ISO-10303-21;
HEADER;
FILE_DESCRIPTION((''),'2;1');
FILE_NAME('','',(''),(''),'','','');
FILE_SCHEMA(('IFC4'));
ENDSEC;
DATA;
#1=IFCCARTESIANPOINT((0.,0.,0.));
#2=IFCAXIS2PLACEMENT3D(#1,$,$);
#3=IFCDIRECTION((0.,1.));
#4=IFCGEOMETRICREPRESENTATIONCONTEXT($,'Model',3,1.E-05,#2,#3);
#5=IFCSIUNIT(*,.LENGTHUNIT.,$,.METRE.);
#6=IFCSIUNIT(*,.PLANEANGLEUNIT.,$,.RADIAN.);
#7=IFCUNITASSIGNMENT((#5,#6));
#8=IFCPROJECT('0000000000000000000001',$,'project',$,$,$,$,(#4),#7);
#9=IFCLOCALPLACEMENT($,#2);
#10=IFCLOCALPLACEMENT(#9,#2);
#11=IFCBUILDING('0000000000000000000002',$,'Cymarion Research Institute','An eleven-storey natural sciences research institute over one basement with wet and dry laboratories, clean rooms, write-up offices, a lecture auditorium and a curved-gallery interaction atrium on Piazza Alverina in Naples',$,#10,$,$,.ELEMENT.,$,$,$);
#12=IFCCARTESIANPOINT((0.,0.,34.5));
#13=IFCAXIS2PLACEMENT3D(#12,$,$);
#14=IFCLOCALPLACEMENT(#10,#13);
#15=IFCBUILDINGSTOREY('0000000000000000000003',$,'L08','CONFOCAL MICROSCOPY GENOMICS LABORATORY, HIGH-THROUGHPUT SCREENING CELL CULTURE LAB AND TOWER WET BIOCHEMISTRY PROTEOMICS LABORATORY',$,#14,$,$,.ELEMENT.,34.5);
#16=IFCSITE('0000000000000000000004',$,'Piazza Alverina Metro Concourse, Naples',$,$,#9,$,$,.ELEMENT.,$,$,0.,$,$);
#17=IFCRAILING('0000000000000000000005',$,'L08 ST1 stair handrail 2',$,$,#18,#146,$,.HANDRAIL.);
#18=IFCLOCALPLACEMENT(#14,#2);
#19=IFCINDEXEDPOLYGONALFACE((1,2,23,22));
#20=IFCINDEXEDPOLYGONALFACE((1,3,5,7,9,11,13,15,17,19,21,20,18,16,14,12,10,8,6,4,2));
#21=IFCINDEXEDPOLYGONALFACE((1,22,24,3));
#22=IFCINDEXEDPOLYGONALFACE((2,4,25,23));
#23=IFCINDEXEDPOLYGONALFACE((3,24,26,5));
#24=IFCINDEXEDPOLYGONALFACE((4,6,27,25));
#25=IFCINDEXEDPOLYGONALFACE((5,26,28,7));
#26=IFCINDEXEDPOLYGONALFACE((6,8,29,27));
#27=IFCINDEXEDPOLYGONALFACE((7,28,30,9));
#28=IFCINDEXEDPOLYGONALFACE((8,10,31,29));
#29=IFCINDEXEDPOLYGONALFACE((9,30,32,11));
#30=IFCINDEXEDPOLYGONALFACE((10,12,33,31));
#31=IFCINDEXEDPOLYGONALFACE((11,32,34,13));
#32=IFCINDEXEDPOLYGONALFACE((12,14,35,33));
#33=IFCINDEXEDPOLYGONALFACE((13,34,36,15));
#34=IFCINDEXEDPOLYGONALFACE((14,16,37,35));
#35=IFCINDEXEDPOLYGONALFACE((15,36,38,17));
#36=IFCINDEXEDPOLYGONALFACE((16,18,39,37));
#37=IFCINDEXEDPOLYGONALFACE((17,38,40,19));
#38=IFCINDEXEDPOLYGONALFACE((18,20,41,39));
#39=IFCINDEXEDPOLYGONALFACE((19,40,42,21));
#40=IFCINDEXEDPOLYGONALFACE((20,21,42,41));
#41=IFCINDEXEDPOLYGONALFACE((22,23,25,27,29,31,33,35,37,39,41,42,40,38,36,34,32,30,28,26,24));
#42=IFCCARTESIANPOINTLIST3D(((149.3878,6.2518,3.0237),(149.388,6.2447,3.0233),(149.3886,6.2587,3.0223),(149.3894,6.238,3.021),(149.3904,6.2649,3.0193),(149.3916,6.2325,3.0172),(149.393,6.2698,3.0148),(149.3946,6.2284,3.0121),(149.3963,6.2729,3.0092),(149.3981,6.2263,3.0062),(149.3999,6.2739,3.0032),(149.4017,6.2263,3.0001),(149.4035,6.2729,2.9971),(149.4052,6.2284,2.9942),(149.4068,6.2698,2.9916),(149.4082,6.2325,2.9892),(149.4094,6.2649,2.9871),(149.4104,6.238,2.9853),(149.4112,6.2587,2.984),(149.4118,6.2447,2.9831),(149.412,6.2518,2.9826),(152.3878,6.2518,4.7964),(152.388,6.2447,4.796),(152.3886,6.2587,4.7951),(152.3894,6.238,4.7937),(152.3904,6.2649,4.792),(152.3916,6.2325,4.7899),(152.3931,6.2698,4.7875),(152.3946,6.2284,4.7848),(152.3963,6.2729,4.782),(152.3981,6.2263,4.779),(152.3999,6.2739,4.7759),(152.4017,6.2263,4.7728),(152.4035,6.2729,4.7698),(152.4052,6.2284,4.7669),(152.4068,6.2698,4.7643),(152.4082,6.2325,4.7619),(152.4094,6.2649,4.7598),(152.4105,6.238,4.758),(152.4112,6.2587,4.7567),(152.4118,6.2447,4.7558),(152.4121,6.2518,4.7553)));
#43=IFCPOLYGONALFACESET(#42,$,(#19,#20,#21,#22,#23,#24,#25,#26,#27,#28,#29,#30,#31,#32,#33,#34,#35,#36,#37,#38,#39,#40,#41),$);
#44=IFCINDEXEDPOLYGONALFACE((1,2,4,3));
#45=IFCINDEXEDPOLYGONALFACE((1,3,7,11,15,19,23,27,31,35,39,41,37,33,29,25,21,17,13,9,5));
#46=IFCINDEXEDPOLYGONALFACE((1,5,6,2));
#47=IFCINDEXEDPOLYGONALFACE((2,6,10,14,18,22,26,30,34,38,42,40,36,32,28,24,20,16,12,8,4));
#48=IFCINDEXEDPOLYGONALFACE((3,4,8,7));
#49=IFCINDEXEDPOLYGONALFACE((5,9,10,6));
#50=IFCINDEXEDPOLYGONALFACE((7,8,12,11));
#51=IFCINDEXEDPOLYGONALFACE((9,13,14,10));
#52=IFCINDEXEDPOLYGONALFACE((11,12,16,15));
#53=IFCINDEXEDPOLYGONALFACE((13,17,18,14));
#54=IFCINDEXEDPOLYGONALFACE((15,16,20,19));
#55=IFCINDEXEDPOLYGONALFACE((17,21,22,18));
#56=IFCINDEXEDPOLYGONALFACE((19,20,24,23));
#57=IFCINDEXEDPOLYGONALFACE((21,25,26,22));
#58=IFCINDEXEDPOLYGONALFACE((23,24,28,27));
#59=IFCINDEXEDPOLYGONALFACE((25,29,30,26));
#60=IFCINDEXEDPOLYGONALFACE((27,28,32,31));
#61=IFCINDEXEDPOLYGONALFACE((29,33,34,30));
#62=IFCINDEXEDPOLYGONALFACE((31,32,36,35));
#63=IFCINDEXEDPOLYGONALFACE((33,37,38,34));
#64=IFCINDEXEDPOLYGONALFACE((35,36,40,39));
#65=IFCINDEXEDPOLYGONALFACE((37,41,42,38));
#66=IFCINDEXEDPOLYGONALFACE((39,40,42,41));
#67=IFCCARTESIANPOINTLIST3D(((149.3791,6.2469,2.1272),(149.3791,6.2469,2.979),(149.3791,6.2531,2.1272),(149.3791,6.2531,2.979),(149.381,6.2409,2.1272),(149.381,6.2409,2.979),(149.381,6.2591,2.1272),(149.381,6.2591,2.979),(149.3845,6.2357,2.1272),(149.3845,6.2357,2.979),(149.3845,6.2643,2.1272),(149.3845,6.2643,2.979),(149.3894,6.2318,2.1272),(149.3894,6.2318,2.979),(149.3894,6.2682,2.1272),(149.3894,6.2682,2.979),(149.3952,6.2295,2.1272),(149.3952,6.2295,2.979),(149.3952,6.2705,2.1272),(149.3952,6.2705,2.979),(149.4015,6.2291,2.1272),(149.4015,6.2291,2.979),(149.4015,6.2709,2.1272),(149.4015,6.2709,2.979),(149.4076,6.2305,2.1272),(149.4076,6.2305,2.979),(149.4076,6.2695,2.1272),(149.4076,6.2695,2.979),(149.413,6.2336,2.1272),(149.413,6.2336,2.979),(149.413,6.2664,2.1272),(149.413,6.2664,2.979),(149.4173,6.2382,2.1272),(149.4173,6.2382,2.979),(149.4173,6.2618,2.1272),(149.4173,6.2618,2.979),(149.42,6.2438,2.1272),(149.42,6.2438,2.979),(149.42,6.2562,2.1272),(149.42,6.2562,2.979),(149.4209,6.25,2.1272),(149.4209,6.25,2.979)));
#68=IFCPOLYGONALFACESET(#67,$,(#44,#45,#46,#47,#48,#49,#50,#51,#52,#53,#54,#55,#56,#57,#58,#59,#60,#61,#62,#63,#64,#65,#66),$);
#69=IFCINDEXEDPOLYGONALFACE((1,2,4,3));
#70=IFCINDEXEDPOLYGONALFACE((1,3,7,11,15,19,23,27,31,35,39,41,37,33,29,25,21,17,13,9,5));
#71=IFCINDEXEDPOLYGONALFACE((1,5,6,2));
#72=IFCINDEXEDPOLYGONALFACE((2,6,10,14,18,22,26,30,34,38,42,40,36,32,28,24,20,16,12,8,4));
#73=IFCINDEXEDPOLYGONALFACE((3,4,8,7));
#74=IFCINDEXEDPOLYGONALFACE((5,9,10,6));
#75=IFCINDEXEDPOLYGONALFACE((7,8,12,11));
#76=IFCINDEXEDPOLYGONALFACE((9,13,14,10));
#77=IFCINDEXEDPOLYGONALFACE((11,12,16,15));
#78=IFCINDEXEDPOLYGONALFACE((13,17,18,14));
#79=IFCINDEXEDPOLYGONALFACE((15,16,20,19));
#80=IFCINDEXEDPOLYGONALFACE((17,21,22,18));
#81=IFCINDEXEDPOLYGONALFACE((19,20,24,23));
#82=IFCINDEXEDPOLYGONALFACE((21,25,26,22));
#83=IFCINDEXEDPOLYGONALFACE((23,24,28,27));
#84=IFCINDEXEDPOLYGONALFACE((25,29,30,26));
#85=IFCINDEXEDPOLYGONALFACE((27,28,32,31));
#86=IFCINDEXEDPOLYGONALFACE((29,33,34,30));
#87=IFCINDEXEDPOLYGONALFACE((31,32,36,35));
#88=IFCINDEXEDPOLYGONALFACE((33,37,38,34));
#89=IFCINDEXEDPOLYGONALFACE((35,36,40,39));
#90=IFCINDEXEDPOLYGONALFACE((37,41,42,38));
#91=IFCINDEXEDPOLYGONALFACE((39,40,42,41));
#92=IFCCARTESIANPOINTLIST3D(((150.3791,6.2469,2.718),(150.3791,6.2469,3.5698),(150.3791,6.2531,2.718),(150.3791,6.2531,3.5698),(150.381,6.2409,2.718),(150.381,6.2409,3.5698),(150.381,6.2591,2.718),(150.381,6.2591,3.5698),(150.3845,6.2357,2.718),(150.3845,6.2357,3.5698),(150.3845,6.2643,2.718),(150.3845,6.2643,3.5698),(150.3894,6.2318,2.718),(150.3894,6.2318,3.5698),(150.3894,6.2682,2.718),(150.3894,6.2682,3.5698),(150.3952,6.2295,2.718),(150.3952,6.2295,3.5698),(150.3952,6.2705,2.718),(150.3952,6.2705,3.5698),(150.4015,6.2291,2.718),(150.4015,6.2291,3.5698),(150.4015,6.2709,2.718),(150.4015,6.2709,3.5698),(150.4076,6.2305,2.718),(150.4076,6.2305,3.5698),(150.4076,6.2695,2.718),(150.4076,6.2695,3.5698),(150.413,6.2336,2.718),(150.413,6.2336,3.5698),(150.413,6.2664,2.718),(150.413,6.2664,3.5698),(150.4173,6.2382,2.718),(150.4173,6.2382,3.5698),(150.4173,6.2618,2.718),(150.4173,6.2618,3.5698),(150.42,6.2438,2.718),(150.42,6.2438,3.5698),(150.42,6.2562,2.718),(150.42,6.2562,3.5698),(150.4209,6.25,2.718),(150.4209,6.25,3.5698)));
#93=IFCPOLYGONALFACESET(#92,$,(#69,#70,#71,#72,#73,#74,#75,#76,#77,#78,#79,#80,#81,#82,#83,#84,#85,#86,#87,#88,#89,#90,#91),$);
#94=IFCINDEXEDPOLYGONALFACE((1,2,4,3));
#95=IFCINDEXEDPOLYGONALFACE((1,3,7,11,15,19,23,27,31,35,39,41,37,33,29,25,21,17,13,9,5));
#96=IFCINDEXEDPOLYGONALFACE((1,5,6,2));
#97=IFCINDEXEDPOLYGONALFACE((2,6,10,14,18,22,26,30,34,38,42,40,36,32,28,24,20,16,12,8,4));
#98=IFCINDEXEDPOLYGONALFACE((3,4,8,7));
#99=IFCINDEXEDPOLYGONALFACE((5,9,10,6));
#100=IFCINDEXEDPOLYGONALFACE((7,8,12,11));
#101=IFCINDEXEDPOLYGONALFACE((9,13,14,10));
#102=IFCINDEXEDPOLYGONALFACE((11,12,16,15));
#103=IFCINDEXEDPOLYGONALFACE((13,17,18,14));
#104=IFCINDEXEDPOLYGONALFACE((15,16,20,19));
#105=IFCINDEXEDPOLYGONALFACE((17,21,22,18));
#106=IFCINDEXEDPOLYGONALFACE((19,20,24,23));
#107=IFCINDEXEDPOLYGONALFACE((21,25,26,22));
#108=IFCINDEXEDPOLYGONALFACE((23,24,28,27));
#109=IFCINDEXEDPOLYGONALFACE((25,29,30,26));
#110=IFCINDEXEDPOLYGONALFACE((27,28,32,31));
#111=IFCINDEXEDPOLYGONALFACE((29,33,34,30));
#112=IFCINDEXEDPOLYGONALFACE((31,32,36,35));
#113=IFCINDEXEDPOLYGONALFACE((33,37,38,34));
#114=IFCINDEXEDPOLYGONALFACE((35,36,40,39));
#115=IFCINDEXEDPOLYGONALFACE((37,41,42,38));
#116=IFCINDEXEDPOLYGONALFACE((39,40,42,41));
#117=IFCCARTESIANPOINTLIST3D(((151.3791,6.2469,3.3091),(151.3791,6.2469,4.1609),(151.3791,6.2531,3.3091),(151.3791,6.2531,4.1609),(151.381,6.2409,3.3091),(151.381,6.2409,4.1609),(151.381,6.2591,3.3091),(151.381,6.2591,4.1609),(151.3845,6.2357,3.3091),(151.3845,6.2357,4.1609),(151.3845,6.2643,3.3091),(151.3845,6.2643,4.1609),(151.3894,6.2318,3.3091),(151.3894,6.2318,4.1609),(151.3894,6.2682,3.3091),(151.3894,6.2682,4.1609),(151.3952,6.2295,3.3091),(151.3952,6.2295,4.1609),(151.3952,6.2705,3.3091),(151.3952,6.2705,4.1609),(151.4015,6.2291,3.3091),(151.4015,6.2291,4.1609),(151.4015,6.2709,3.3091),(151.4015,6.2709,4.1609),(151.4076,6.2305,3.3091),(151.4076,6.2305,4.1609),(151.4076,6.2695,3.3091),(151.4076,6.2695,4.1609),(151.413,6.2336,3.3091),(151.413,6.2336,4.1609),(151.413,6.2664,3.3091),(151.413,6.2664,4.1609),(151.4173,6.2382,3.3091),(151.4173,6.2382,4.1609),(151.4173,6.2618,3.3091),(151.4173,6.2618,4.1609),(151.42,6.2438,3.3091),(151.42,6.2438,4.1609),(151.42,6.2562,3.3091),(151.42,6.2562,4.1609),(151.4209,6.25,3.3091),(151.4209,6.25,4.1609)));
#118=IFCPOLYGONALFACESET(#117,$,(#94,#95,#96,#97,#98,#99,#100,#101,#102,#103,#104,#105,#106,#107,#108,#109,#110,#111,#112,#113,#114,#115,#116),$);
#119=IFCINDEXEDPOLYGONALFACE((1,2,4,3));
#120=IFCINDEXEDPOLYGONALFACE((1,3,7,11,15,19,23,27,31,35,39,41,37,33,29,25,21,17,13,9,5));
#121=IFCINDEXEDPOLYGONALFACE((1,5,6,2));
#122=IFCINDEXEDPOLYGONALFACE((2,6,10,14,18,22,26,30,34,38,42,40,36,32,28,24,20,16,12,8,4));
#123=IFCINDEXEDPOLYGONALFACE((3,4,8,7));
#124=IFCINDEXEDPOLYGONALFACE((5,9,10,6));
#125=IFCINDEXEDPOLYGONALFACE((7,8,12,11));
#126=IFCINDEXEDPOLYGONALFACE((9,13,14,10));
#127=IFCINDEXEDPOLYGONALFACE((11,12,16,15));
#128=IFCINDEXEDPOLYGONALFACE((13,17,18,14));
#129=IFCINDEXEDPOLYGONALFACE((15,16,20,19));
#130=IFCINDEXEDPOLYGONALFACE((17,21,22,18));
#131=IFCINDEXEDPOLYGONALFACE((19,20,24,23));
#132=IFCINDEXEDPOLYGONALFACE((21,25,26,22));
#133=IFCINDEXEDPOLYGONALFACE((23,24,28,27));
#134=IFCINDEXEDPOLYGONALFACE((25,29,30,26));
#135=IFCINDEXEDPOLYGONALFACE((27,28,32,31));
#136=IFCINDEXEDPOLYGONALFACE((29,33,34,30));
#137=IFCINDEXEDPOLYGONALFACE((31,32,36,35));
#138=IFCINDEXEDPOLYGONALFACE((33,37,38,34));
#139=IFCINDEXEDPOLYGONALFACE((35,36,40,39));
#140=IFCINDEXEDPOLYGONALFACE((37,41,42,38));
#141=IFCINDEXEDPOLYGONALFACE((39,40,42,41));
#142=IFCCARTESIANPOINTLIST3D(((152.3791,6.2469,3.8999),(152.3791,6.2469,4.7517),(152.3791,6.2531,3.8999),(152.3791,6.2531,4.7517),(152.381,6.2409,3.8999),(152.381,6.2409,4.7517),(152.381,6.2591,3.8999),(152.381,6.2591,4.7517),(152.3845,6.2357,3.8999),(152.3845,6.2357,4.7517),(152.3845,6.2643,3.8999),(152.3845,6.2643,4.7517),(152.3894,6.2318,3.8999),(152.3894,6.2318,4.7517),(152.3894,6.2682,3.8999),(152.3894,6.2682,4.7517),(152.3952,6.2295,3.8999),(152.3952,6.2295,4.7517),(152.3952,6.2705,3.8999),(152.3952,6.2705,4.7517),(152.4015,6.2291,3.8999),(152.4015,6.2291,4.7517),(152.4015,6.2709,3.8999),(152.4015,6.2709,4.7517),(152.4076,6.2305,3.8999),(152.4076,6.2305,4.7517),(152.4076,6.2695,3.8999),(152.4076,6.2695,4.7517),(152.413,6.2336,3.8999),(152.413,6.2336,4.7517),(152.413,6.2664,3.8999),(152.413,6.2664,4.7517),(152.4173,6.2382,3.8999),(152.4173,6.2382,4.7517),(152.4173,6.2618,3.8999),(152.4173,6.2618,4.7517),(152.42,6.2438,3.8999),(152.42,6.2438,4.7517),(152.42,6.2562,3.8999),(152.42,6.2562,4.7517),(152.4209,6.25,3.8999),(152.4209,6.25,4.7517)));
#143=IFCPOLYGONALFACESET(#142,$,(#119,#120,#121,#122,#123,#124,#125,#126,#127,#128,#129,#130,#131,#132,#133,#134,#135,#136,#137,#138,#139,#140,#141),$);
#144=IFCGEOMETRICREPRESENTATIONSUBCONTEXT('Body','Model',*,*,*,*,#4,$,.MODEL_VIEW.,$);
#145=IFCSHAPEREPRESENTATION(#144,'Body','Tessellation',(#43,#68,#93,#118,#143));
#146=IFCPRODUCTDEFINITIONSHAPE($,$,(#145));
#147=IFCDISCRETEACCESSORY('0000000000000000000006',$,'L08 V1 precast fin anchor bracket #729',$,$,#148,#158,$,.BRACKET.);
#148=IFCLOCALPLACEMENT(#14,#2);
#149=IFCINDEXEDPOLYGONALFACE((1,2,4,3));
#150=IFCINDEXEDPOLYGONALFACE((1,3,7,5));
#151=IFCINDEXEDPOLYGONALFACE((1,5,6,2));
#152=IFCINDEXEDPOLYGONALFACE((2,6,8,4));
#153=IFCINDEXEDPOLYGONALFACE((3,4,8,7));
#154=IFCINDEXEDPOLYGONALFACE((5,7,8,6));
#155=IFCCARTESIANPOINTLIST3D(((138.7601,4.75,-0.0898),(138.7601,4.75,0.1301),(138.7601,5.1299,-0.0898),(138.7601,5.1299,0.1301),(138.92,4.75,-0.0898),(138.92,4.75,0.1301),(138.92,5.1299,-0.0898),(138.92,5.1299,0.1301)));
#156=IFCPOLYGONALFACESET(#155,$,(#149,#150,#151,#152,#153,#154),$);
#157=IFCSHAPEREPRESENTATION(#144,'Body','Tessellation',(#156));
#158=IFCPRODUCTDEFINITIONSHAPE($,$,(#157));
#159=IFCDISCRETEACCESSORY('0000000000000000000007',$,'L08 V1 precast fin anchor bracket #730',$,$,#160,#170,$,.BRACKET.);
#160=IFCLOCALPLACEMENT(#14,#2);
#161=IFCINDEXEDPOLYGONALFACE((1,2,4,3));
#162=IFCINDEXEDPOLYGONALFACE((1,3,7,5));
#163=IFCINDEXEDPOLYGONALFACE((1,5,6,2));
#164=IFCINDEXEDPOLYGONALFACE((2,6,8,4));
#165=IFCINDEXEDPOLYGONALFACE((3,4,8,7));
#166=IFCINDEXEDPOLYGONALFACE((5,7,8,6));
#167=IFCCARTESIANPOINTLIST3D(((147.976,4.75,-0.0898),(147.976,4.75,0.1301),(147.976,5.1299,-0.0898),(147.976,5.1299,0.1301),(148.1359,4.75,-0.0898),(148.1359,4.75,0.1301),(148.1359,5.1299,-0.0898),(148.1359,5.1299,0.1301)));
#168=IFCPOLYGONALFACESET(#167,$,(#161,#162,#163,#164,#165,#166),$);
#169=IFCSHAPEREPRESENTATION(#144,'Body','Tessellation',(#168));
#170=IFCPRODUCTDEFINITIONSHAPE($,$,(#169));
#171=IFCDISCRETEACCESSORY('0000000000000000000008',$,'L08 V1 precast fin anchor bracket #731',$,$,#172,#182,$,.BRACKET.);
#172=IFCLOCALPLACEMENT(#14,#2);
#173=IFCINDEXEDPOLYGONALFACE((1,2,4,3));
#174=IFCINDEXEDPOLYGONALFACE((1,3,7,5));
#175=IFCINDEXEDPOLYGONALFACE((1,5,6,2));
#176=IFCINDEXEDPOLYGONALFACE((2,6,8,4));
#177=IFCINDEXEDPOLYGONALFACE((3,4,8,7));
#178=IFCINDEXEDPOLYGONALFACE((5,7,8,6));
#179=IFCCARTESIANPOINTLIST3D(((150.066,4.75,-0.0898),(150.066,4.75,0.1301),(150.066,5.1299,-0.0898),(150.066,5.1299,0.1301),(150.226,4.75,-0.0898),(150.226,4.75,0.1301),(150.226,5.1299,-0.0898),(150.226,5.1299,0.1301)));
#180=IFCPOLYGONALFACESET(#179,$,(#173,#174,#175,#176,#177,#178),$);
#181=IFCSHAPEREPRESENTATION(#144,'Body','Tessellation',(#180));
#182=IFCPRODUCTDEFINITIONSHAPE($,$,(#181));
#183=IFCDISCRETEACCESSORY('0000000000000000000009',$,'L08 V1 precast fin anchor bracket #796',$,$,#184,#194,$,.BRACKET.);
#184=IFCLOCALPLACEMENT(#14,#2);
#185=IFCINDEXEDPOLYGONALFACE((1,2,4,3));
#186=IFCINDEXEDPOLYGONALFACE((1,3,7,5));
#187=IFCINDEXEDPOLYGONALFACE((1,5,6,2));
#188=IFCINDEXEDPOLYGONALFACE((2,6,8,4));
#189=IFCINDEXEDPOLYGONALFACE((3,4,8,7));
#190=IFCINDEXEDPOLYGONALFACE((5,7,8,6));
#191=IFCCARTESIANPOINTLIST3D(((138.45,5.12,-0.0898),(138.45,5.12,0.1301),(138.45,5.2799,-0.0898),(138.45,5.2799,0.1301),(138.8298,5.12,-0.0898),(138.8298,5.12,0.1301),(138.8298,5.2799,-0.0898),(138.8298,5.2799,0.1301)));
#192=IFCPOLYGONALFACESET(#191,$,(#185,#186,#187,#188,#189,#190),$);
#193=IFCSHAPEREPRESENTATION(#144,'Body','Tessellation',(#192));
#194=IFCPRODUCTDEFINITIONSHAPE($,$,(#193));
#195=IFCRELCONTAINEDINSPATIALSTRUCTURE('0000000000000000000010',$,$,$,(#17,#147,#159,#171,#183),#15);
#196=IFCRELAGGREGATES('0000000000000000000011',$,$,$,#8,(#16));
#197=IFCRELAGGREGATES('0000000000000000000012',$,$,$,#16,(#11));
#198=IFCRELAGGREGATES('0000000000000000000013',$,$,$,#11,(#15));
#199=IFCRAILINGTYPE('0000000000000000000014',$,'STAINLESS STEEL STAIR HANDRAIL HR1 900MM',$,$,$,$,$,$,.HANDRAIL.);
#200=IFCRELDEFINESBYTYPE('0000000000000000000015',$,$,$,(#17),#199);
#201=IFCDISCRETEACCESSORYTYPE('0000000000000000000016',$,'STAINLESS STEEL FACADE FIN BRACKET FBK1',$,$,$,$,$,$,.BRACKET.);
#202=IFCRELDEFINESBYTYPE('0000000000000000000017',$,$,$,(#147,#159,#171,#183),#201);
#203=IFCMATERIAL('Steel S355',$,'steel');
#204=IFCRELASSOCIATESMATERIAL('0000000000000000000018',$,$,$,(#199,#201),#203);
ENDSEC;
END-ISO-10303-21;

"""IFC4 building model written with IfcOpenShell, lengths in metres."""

from ifc_helpers import new_model, si_unit, direction, frame, origin, origin_2d, place, context, subcontext, project, spatial, rectangle, circle, extrude, material, type_object, element, save


model = new_model("IFC4")

# Units and contexts
model_context = context("Model", 3, precision=1e-05, world=origin(), true_north=direction((0.0, 1.0)))
body_context = subcontext(model_context, "Body", "Model", "MODEL_VIEW")
ifc_project = project(units=[si_unit("LENGTHUNIT", "METRE"), si_unit("PLANEANGLEUNIT", "RADIAN")], contexts=[model_context])

# Site, building, storey
site_placement = place(None, origin())
site = spatial("IfcSite", under=ifc_project, at=site_placement, Name="Piazza Alverina Metro Concourse, Naples", CompositionType="ELEMENT", RefElevation=0.0)
building_placement = place(site_placement, origin())
building = spatial("IfcBuilding", under=site, at=building_placement, Name="Cymarion Research Institute", Description="An eleven-storey natural sciences research institute over one basement with wet and dry laboratories, clean rooms, write-up offices, a lecture auditorium and a curved-gallery interaction atrium on Piazza Alverina in Naples", CompositionType="ELEMENT")
storey_placement = place(building_placement, frame((0.0, 0.0, 34.5)))
storey = spatial("IfcBuildingStorey", under=building, at=storey_placement, Name="L08", Description="CONFOCAL MICROSCOPY GENOMICS LABORATORY, HIGH-THROUGHPUT SCREENING CELL CULTURE LAB AND TOWER WET BIOCHEMISTRY PROTEOMICS LABORATORY", CompositionType="ELEMENT", Elevation=34.5)

# Shared definitions
ifc_material_1 = material(Name="Steel S355", Category="steel")

# Railing
railing_type = type_object("IfcRailingType", Name="STAINLESS STEEL STAIR HANDRAIL HR1 900MM", PredefinedType="HANDRAIL", material=ifc_material_1)
railing_placement = place(storey_placement, frame((149.3999, 6.25, 2.1272)))
element("IfcRailing", 1, at=railing_placement, inside=storey, type_object=railing_type, Name="L08 ST1 stair handrail 2", PredefinedType="HANDRAIL", context=body_context, shape_type="SweptSolid", body=[
    extrude(circle(Radius=0.0239, at=origin_2d()), frame((0.0, 0.0, 0.876), z_axis=(0.860929, 0.0, 0.508725), x_axis=(0.0, 1.0, 0.0)), (0.0, 0.0, 1.0), 3.4846),
    extrude(circle(Radius=0.021, at=origin_2d()), origin(), (0.0, 0.0, 1.0), 0.8518),
    extrude(circle(Radius=0.021, at=origin_2d()), frame((1.0, 0.0, 0.5908)), (0.0, 0.0, 1.0), 0.8518),
    extrude(circle(Radius=0.021, at=origin_2d()), frame((2.0, 0.0, 1.1819)), (0.0, 0.0, 1.0), 0.8518),
    extrude(circle(Radius=0.021, at=origin_2d()), frame((3.0, 0.0, 1.7727)), (0.0, 0.0, 1.0), 0.8518),
])

# Discrete accessories
discrete_accessory_type = type_object("IfcDiscreteAccessoryType", Name="STAINLESS STEEL FACADE FIN BRACKET FBK1", PredefinedType="BRACKET", material=ifc_material_1)
for number, where, z_axis, x_axis, name in (
    (2, (138.8401, 4.9399, -0.0898), (0.0, 0.0, 1.0), (0.0, -1.0, 0.0), "L08 V1 precast fin anchor bracket #729"),
    (3, (148.0559, 4.9399, -0.0898), (0.0, 0.0, 1.0), (0.0, -1.0, 0.0), "L08 V1 precast fin anchor bracket #730"),
    (4, (150.146, 4.9399, -0.0898), (0.0, 0.0, 1.0), (0.0, -1.0, 0.0), "L08 V1 precast fin anchor bracket #731"),
    (5, (138.6399, 5.2, -0.0898), (0.0, 0.0, 1.0), (-1.0, 0.0, 0.0), "L08 V1 precast fin anchor bracket #796"),
):
    element("IfcDiscreteAccessory", number, at=place(storey_placement, frame(where, z_axis=z_axis, x_axis=x_axis)), inside=storey, type_object=discrete_accessory_type, Name=name, PredefinedType="BRACKET", context=body_context, shape_type="SweptSolid", body=[
        extrude(rectangle(XDim=0.3799, YDim=0.1599, at=origin_2d()), origin(), (0.0, 0.0, 1.0), 0.22),
    ])

save(model, "model.ifc")
